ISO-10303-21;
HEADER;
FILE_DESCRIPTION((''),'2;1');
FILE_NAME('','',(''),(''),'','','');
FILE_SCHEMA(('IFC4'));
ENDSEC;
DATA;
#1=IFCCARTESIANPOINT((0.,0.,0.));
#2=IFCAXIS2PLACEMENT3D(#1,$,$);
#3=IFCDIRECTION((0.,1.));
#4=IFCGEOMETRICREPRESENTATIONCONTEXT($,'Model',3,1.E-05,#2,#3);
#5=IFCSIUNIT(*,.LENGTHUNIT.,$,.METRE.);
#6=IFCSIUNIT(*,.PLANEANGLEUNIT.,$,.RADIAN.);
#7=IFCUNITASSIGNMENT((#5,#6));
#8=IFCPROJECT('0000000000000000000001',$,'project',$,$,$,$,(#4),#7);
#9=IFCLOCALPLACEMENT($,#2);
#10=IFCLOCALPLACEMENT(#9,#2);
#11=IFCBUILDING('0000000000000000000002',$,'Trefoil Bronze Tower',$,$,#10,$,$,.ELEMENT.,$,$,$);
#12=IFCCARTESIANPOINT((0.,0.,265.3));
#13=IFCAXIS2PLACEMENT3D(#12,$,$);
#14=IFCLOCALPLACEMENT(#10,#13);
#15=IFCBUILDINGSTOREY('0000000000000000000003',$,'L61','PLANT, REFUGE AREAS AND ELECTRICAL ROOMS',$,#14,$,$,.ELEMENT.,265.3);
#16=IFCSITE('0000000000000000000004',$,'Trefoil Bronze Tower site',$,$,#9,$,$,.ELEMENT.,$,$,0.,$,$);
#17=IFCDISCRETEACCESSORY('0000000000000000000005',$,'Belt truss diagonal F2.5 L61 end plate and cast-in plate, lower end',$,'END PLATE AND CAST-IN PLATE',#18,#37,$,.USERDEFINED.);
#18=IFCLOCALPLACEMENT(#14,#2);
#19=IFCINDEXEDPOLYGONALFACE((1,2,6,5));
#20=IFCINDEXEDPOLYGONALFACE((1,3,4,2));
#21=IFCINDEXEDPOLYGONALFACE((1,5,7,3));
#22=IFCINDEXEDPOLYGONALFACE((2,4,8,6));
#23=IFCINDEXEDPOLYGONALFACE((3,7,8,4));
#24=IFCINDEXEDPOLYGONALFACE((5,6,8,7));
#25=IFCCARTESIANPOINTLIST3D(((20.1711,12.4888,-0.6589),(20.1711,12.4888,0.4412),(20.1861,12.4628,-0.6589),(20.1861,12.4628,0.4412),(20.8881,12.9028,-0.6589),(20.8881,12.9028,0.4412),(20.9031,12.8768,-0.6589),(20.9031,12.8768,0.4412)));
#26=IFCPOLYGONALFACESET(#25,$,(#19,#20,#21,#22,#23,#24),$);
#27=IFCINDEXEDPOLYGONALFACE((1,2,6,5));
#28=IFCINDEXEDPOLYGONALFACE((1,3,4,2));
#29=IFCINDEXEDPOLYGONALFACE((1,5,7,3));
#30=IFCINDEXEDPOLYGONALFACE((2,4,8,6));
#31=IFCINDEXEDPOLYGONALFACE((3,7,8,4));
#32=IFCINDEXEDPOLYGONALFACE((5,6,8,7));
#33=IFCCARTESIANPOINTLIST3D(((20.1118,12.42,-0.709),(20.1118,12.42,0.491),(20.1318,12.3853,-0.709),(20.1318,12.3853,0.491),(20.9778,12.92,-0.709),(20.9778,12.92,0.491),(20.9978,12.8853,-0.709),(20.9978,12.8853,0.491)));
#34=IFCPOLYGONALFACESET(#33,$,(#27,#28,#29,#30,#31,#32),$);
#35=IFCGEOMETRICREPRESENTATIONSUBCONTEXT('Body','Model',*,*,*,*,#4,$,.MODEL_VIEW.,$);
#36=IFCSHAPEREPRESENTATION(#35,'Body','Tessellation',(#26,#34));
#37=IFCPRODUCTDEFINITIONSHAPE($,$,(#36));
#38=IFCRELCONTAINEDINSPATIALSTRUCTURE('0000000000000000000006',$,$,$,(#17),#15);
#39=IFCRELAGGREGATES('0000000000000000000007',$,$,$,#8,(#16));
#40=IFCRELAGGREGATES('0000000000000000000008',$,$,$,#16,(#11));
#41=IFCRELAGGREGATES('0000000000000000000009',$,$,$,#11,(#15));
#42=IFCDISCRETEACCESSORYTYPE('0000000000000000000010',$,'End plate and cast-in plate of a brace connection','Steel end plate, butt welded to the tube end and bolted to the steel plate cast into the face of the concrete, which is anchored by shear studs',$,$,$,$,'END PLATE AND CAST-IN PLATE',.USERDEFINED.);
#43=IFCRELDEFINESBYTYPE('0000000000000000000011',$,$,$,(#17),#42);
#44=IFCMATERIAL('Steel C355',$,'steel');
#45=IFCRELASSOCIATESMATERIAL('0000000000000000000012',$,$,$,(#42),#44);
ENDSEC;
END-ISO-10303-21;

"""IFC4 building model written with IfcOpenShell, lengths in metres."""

from ifc_helpers import new_model, si_unit, direction, frame, origin, origin_2d, place, context, subcontext, project, spatial, rectangle, extrude, material, type_object, element, save


model = new_model("IFC4")

# Units and contexts
model_context = context("Model", 3, precision=1e-05, world=origin(), true_north=direction((0.0, 1.0)))
body_context = subcontext(model_context, "Body", "Model", "MODEL_VIEW")
ifc_project = project(units=[si_unit("LENGTHUNIT", "METRE"), si_unit("PLANEANGLEUNIT", "RADIAN")], contexts=[model_context])

# Site, building, storey
site_placement = place(None, origin())
site = spatial("IfcSite", under=ifc_project, at=site_placement, Name="Trefoil Bronze Tower site", CompositionType="ELEMENT", RefElevation=0.0)
building_placement = place(site_placement, origin())
building = spatial("IfcBuilding", under=site, at=building_placement, Name="Trefoil Bronze Tower", CompositionType="ELEMENT")
storey_placement = place(building_placement, frame((0.0, 0.0, 265.3)))
storey = spatial("IfcBuildingStorey", under=building, at=storey_placement, Name="L61", Description="PLANT, REFUGE AREAS AND ELECTRICAL ROOMS", CompositionType="ELEMENT", Elevation=265.3)

# Discrete accessory
ifc_material_1 = material(Name="Steel C355", Category="steel")
discrete_accessory_type = type_object("IfcDiscreteAccessoryType", Name="End plate and cast-in plate of a brace connection", Description="Steel end plate, butt welded to the tube end and bolted to the steel plate cast into the face of the concrete, which is anchored by shear studs", ElementType="END PLATE AND CAST-IN PLATE", PredefinedType="USERDEFINED", material=ifc_material_1)
discrete_accessory_1_placement = place(storey_placement, frame((20.5447, 12.6697, -0.1089), z_axis=(0.0, 0.0, 1.0), x_axis=(-0.5, 0.866025, 0.0)))
element("IfcDiscreteAccessory", 1, at=discrete_accessory_1_placement, inside=storey, type_object=discrete_accessory_type, Name="Belt truss diagonal F2.5 L61 end plate and cast-in plate, lower end", ObjectType="END PLATE AND CAST-IN PLATE", PredefinedType="USERDEFINED", context=body_context, shape_type="SweptSolid", body=[
    extrude(rectangle(XDim=0.03, YDim=0.8279, at=origin_2d()), frame((0.0151, 0.0, -0.55)), (0.0, 0.0, 1.0), 1.1001),
    extrude(rectangle(XDim=0.04, YDim=1.0, at=origin_2d()), frame((-0.0198, -0.0002, -0.6001)), (0.0, 0.0, 1.0), 1.2),
])

save(model, "model.ifc")
